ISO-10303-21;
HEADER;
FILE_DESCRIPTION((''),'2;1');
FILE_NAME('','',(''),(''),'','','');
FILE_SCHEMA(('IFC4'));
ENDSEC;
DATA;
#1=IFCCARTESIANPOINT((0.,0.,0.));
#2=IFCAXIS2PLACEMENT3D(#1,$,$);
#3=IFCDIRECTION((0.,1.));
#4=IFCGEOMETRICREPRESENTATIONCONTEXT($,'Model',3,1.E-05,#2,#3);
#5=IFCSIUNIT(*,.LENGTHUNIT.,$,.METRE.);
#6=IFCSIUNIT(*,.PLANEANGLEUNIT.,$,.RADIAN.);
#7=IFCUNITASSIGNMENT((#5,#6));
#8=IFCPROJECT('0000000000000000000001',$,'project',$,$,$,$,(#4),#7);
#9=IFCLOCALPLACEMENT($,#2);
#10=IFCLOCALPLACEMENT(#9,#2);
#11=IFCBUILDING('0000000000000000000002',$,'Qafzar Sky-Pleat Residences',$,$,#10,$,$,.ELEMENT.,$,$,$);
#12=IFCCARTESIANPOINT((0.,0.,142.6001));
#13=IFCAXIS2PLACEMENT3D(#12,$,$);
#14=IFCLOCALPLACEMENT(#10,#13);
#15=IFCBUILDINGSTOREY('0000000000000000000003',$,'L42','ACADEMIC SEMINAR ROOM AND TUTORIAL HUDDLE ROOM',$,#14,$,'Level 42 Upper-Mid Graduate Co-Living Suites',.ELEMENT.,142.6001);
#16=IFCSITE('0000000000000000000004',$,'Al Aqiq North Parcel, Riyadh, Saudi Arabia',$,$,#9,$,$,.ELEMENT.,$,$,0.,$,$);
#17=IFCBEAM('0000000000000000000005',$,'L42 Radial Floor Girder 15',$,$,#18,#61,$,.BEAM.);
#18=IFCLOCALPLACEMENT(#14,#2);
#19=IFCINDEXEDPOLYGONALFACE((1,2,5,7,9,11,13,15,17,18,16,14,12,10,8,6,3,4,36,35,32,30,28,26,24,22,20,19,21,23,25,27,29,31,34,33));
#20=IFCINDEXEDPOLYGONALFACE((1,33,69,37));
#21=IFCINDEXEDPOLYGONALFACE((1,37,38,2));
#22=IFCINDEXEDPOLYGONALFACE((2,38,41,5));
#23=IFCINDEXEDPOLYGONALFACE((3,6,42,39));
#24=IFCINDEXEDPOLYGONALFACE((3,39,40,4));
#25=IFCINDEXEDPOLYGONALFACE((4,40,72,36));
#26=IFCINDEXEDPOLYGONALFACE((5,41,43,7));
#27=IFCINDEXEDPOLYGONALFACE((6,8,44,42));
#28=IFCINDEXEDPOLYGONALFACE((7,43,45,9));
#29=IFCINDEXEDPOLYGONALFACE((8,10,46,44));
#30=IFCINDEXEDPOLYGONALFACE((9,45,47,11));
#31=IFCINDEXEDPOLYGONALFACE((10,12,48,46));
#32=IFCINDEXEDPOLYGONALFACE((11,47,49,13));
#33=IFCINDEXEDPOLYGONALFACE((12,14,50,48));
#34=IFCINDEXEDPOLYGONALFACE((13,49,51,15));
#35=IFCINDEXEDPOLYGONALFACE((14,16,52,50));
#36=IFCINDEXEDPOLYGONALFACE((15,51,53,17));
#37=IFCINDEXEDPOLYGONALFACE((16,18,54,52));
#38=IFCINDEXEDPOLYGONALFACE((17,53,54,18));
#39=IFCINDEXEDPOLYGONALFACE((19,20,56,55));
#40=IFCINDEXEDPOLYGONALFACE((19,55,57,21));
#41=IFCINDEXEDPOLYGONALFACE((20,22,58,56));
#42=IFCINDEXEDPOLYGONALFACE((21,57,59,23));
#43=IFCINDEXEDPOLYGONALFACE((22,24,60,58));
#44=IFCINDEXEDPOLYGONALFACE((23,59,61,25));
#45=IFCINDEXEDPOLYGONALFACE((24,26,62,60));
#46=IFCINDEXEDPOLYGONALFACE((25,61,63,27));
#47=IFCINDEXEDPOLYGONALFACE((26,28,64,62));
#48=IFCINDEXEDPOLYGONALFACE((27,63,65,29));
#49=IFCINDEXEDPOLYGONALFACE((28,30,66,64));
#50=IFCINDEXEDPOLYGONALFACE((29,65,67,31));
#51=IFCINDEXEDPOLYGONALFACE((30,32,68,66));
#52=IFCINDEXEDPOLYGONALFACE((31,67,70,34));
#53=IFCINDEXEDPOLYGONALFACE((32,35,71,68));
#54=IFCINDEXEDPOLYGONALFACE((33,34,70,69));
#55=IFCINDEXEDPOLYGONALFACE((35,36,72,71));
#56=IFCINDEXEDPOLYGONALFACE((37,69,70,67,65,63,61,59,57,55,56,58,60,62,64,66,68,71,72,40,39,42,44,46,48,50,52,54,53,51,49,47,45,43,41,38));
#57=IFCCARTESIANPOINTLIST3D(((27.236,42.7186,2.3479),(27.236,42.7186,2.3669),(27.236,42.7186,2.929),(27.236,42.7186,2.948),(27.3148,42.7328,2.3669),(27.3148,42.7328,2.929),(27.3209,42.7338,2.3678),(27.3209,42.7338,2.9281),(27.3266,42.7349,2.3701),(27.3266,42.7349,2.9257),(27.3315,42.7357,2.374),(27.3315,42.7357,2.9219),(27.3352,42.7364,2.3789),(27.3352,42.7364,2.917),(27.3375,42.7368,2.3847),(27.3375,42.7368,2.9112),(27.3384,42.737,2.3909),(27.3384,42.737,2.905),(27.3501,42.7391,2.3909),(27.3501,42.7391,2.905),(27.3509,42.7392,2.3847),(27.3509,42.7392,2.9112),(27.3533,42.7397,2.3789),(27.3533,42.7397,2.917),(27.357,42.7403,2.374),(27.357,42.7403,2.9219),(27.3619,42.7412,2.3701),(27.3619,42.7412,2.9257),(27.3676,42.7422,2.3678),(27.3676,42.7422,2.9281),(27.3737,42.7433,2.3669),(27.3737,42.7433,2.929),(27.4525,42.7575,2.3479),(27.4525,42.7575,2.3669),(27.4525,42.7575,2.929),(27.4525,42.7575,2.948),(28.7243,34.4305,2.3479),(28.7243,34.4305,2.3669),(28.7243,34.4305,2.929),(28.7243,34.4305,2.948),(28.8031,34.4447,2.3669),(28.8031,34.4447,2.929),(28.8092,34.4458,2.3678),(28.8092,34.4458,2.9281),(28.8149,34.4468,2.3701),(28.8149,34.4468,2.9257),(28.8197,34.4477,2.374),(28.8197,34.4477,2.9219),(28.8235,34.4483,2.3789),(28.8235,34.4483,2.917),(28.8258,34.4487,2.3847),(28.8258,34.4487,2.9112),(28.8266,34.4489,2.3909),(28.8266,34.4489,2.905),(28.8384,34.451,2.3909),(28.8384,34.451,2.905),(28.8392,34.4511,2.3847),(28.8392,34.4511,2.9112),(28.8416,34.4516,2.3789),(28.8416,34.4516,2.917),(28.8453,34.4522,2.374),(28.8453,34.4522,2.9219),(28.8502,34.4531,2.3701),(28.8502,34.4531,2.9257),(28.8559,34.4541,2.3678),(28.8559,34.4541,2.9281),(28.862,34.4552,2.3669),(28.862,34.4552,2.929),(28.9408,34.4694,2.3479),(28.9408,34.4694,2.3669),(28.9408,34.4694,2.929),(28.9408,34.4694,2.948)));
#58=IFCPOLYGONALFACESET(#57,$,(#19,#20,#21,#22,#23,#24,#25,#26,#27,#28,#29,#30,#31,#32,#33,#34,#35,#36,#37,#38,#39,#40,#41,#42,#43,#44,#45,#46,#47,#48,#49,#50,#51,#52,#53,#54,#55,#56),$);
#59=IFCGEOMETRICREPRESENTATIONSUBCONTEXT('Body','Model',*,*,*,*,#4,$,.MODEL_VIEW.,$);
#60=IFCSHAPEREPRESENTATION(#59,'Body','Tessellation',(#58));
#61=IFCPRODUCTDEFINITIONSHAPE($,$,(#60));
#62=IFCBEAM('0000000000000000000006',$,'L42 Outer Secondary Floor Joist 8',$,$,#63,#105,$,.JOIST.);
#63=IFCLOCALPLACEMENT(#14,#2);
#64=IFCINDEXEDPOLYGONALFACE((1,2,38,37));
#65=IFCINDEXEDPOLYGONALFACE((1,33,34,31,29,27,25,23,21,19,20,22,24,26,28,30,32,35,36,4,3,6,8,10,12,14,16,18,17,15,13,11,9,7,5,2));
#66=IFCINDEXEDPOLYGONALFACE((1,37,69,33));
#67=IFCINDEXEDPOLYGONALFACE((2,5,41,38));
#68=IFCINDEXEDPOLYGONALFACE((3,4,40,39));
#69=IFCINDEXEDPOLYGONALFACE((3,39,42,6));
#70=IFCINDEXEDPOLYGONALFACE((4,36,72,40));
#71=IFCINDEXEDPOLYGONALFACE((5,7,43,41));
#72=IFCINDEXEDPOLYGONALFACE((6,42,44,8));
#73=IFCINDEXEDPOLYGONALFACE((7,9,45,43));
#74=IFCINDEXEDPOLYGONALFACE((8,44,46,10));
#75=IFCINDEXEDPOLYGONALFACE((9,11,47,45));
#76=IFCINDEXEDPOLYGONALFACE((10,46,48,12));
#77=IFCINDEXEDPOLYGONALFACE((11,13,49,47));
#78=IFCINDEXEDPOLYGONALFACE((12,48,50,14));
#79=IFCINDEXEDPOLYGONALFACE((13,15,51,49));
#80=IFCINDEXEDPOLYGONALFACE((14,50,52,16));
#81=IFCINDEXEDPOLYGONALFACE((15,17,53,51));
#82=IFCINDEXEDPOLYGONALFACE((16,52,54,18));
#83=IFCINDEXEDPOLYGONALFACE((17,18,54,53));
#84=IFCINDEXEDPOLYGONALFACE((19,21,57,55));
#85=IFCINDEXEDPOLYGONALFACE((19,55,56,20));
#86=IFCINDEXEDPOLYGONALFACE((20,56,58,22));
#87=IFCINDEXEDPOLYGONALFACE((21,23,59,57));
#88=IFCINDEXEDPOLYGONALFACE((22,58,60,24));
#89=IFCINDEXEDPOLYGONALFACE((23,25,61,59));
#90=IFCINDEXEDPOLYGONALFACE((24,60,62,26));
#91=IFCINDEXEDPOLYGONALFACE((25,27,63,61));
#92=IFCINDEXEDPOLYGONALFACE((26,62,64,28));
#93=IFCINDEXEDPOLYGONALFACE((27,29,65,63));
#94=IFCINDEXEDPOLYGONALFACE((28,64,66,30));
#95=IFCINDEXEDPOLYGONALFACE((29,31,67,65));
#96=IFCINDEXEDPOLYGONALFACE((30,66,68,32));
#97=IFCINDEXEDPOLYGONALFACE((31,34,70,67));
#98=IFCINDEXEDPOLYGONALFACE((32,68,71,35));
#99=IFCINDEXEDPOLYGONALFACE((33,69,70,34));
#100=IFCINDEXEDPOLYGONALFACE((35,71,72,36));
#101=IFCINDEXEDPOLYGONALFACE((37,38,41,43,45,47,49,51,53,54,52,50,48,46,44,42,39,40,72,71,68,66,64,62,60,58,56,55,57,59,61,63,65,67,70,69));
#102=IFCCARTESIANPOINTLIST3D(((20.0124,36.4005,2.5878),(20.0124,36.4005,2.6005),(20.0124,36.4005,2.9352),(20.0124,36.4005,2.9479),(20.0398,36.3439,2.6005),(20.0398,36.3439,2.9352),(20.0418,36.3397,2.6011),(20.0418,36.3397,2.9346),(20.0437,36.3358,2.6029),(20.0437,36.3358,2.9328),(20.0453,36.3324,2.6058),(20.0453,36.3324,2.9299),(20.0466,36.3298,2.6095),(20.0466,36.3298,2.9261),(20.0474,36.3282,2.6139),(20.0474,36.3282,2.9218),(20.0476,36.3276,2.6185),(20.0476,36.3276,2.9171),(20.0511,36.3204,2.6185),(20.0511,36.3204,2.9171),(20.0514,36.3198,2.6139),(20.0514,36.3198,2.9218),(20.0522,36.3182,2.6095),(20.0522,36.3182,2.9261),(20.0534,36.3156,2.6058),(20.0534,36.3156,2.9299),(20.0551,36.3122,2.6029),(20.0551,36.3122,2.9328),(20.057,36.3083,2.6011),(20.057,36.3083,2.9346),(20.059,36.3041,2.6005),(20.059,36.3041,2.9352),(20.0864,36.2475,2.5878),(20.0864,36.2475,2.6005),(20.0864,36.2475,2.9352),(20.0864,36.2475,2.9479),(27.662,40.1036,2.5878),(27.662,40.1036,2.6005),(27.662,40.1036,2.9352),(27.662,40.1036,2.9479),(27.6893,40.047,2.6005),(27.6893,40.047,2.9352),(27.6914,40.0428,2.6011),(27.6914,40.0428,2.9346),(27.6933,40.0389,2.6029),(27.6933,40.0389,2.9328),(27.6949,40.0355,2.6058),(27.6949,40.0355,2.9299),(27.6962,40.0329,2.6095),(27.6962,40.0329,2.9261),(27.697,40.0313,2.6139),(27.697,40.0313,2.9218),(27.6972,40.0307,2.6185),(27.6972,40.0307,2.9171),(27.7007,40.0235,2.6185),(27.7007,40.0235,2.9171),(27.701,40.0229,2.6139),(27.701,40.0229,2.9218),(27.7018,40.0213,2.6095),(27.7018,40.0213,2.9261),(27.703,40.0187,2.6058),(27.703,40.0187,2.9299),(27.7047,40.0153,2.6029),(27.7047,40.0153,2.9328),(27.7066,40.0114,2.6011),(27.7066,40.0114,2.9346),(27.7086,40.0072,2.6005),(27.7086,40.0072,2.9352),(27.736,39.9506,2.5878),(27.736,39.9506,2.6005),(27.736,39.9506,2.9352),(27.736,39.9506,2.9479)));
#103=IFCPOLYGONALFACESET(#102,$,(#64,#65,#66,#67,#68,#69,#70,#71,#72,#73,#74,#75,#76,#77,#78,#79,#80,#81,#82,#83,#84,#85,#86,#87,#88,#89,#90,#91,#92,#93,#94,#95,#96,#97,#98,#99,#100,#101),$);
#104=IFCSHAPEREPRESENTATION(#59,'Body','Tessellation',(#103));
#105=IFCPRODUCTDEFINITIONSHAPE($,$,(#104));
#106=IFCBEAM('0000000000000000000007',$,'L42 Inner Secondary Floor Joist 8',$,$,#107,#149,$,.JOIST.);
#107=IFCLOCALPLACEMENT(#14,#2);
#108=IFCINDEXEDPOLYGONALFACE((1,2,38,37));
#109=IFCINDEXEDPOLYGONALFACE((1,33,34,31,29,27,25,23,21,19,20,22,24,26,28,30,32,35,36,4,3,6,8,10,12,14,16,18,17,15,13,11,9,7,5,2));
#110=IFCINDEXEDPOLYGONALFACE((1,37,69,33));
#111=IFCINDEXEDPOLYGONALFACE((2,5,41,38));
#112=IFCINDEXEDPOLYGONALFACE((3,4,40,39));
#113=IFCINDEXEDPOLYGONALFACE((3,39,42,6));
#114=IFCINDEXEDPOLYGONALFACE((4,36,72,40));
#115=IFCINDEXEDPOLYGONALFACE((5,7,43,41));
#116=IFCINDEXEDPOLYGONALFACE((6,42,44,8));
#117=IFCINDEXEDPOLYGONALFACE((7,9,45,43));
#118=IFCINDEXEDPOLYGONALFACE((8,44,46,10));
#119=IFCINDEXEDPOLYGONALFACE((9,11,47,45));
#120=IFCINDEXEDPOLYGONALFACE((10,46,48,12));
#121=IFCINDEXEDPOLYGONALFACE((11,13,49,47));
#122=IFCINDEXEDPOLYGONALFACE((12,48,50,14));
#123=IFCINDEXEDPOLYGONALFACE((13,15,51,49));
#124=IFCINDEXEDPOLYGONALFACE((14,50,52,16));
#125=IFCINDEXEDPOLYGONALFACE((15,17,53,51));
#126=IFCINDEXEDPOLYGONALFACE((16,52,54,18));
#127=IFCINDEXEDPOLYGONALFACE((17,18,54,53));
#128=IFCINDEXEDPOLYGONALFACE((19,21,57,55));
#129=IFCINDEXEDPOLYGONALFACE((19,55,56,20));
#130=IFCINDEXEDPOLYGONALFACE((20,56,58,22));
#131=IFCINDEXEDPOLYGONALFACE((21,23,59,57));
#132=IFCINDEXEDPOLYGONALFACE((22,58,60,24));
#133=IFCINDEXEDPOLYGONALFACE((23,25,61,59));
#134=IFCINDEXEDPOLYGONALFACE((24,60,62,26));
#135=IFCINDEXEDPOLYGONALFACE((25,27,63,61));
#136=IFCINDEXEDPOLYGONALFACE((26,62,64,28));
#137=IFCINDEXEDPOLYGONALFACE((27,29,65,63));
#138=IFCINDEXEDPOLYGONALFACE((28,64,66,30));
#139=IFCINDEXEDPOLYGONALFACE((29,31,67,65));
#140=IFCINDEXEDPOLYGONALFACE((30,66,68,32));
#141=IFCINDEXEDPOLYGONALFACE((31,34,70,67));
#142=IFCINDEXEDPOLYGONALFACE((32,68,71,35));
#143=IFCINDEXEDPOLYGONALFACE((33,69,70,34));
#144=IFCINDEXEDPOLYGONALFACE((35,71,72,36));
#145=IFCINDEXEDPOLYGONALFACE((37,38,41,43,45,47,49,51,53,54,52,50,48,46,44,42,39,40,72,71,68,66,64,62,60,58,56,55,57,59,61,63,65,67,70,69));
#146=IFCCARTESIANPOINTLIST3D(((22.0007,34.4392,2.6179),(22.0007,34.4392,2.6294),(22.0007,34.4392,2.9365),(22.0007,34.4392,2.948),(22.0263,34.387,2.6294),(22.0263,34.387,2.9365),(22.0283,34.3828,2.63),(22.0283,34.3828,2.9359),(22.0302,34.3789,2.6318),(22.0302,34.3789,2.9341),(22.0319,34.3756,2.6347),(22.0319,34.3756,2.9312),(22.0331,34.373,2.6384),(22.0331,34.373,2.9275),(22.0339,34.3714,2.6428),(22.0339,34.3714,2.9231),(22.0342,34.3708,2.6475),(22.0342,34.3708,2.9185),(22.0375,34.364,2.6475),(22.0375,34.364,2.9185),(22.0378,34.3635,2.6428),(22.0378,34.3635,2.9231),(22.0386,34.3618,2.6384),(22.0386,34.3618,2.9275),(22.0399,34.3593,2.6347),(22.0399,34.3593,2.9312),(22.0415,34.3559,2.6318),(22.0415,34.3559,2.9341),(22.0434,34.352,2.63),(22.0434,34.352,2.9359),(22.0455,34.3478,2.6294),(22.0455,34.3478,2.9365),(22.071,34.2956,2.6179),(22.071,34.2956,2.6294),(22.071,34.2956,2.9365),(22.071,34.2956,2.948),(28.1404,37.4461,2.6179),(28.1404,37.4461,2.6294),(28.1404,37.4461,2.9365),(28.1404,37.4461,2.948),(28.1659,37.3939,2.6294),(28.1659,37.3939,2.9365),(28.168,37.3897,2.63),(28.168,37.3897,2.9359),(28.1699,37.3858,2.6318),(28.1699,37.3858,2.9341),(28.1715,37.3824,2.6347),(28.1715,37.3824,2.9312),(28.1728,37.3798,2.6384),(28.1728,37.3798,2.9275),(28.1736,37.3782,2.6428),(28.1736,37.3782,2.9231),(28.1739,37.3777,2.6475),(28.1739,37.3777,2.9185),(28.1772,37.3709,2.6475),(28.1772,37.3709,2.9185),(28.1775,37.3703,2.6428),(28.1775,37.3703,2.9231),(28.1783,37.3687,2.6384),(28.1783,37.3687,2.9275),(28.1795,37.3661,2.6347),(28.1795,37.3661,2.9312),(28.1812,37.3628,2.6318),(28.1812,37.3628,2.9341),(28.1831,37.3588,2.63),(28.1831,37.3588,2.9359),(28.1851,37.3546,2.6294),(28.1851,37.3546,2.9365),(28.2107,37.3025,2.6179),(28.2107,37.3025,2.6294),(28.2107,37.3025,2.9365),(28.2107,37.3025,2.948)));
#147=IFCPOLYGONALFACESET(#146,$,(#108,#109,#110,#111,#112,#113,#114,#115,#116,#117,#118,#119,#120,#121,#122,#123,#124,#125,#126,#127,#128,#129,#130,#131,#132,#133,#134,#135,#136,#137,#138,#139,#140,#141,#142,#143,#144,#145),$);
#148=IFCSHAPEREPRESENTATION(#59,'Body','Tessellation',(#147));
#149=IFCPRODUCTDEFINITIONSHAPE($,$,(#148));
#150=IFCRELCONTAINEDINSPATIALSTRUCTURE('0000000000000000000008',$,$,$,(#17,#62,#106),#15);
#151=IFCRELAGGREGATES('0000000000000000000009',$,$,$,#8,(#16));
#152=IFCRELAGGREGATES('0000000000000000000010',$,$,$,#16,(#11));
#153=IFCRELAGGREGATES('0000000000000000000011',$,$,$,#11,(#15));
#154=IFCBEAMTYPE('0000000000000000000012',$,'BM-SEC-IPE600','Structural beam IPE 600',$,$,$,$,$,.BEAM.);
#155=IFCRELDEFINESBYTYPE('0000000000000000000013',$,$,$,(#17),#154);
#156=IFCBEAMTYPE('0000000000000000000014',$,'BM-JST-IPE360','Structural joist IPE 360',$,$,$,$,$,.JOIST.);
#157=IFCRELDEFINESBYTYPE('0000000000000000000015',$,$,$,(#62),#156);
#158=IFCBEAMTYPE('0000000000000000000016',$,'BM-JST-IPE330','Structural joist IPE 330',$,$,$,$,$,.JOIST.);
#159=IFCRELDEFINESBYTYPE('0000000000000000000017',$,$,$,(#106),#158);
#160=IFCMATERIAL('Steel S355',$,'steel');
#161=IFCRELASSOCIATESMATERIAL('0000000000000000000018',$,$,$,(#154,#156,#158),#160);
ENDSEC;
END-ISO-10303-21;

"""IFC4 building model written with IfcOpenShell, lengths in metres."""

from ifc_helpers import new_model, si_unit, direction, frame, origin, origin_2d, place, context, subcontext, project, spatial, i_section, extrude, source, transform, mapped, material, material_profile, profile_set, type_object, element, save


model = new_model("IFC4")

# Units and contexts
model_context = context("Model", 3, precision=1e-05, world=origin(), true_north=direction((0.0, 1.0)))
body_context = subcontext(model_context, "Body", "Model", "MODEL_VIEW")
ifc_project = project(units=[si_unit("LENGTHUNIT", "METRE"), si_unit("PLANEANGLEUNIT", "RADIAN")], contexts=[model_context])

# Site, building, storey
site_placement = place(None, origin())
site = spatial("IfcSite", under=ifc_project, at=site_placement, Name="Al Aqiq North Parcel, Riyadh, Saudi Arabia", CompositionType="ELEMENT", RefElevation=0.0)
building_placement = place(site_placement, origin())
building = spatial("IfcBuilding", under=site, at=building_placement, Name="Qafzar Sky-Pleat Residences", CompositionType="ELEMENT")
storey_placement = place(building_placement, frame((0.0, 0.0, 142.6001)))
storey = spatial("IfcBuildingStorey", under=building, at=storey_placement, Name="L42", Description="ACADEMIC SEMINAR ROOM AND TUTORIAL HUDDLE ROOM", LongName="Level 42 Upper-Mid Graduate Co-Living Suites", CompositionType="ELEMENT", Elevation=142.6001)

# Shared definitions
ifc_material_1 = material(Name="Steel S355", Category="steel")

# Beams
ifc_material_profile_1 = material_profile(ifc_material_1, i_section(OverallWidth=0.22, OverallDepth=0.6001, WebThickness=0.012, FlangeThickness=0.019, FilletRadius=0.0239, at=origin_2d()), Name="IPE 600")
ifc_profile_set_1 = profile_set([ifc_material_profile_1], Name="Steel S355")
beam_type_1 = type_object("IfcBeamType", Name="BM-SEC-IPE600", Description="Structural beam IPE 600", PredefinedType="BEAM", material=ifc_profile_set_1)
shared_shape_1 = source(origin(), body_context, "Body", "SweptSolid", [
    extrude(i_section(OverallWidth=0.22, OverallDepth=0.6001, WebThickness=0.012, FlangeThickness=0.019, FilletRadius=0.0239, at=origin_2d()), origin(), (0.0, 0.0, 1.0), 8.4207),
])
beam_1_placement = place(storey_placement, frame((27.3442, 42.738, 2.6479), z_axis=(0.176742, -0.984257, 0.0), x_axis=(0.984257, 0.176742, 0.0)))
element("IfcBeam", 1, at=beam_1_placement, inside=storey, type_object=beam_type_1, Name="L42 Radial Floor Girder 15", PredefinedType="BEAM", context=body_context, shape_type="MappedRepresentation", body=[
    mapped(shared_shape_1, transform((0.0, 0.0, 0.0), x_axis=(1.0, 0.0, 0.0), y_axis=(0.0, 1.0, 0.0), z_axis=(0.0, 0.0, 1.0), scale=1.0)),
])
ifc_material_profile_2 = material_profile(ifc_material_1, i_section(OverallWidth=0.1699, OverallDepth=0.3601, WebThickness=0.0081, FlangeThickness=0.0127, FilletRadius=0.0181, at=origin_2d()), Name="IPE 360")
ifc_profile_set_2 = profile_set([ifc_material_profile_2], Name="Steel S355")
beam_type_2 = type_object("IfcBeamType", Name="BM-JST-IPE360", Description="Structural joist IPE 360", PredefinedType="JOIST", material=ifc_profile_set_2)
shared_shape_2 = source(origin(), body_context, "Body", "SweptSolid", [
    extrude(i_section(OverallWidth=0.1699, OverallDepth=0.3601, WebThickness=0.0081, FlangeThickness=0.0127, FilletRadius=0.0181, at=origin_2d()), origin(), (0.0, 0.0, 1.0), 8.4988),
])
beam_2_placement = place(storey_placement, frame((27.699, 40.0271, 2.7678), z_axis=(-0.900082, -0.435721, 0.0), x_axis=(0.435721, -0.900082, 0.0)))
element("IfcBeam", 2, at=beam_2_placement, inside=storey, type_object=beam_type_2, Name="L42 Outer Secondary Floor Joist 8", PredefinedType="JOIST", context=body_context, shape_type="MappedRepresentation", body=[
    mapped(shared_shape_2, transform((0.0, 0.0, 0.0), x_axis=(1.0, 0.0, 0.0), y_axis=(0.0, 1.0, 0.0), z_axis=(0.0, 0.0, 1.0), scale=1.0)),
])
ifc_material_profile_3 = material_profile(ifc_material_1, i_section(OverallWidth=0.1599, OverallDepth=0.3301, WebThickness=0.0076, FlangeThickness=0.0115, FilletRadius=0.0181, at=origin_2d()), Name="IPE 330")
ifc_profile_set_3 = profile_set([ifc_material_profile_3], Name="Steel S355")
beam_type_3 = type_object("IfcBeamType", Name="BM-JST-IPE330", Description="Structural joist IPE 330", PredefinedType="JOIST", material=ifc_profile_set_3)
shared_shape_3 = source(origin(), body_context, "Body", "SweptSolid", [
    extrude(i_section(OverallWidth=0.1599, OverallDepth=0.3301, WebThickness=0.0076, FlangeThickness=0.0115, FilletRadius=0.0181, at=origin_2d()), origin(), (0.0, 0.0, 1.0), 6.8364),
])
beam_3_placement = place(storey_placement, frame((28.1755, 37.3743, 2.783), z_axis=(-0.898082, -0.439827, 0.0), x_axis=(0.439827, -0.898082, 0.0)))
element("IfcBeam", 3, at=beam_3_placement, inside=storey, type_object=beam_type_3, Name="L42 Inner Secondary Floor Joist 8", PredefinedType="JOIST", context=body_context, shape_type="MappedRepresentation", body=[
    mapped(shared_shape_3, transform((0.0, 0.0, 0.0), x_axis=(1.0, 0.0, 0.0), y_axis=(0.0, 1.0, 0.0), z_axis=(0.0, 0.0, 1.0), scale=1.0)),
])

save(model, "model.ifc")
